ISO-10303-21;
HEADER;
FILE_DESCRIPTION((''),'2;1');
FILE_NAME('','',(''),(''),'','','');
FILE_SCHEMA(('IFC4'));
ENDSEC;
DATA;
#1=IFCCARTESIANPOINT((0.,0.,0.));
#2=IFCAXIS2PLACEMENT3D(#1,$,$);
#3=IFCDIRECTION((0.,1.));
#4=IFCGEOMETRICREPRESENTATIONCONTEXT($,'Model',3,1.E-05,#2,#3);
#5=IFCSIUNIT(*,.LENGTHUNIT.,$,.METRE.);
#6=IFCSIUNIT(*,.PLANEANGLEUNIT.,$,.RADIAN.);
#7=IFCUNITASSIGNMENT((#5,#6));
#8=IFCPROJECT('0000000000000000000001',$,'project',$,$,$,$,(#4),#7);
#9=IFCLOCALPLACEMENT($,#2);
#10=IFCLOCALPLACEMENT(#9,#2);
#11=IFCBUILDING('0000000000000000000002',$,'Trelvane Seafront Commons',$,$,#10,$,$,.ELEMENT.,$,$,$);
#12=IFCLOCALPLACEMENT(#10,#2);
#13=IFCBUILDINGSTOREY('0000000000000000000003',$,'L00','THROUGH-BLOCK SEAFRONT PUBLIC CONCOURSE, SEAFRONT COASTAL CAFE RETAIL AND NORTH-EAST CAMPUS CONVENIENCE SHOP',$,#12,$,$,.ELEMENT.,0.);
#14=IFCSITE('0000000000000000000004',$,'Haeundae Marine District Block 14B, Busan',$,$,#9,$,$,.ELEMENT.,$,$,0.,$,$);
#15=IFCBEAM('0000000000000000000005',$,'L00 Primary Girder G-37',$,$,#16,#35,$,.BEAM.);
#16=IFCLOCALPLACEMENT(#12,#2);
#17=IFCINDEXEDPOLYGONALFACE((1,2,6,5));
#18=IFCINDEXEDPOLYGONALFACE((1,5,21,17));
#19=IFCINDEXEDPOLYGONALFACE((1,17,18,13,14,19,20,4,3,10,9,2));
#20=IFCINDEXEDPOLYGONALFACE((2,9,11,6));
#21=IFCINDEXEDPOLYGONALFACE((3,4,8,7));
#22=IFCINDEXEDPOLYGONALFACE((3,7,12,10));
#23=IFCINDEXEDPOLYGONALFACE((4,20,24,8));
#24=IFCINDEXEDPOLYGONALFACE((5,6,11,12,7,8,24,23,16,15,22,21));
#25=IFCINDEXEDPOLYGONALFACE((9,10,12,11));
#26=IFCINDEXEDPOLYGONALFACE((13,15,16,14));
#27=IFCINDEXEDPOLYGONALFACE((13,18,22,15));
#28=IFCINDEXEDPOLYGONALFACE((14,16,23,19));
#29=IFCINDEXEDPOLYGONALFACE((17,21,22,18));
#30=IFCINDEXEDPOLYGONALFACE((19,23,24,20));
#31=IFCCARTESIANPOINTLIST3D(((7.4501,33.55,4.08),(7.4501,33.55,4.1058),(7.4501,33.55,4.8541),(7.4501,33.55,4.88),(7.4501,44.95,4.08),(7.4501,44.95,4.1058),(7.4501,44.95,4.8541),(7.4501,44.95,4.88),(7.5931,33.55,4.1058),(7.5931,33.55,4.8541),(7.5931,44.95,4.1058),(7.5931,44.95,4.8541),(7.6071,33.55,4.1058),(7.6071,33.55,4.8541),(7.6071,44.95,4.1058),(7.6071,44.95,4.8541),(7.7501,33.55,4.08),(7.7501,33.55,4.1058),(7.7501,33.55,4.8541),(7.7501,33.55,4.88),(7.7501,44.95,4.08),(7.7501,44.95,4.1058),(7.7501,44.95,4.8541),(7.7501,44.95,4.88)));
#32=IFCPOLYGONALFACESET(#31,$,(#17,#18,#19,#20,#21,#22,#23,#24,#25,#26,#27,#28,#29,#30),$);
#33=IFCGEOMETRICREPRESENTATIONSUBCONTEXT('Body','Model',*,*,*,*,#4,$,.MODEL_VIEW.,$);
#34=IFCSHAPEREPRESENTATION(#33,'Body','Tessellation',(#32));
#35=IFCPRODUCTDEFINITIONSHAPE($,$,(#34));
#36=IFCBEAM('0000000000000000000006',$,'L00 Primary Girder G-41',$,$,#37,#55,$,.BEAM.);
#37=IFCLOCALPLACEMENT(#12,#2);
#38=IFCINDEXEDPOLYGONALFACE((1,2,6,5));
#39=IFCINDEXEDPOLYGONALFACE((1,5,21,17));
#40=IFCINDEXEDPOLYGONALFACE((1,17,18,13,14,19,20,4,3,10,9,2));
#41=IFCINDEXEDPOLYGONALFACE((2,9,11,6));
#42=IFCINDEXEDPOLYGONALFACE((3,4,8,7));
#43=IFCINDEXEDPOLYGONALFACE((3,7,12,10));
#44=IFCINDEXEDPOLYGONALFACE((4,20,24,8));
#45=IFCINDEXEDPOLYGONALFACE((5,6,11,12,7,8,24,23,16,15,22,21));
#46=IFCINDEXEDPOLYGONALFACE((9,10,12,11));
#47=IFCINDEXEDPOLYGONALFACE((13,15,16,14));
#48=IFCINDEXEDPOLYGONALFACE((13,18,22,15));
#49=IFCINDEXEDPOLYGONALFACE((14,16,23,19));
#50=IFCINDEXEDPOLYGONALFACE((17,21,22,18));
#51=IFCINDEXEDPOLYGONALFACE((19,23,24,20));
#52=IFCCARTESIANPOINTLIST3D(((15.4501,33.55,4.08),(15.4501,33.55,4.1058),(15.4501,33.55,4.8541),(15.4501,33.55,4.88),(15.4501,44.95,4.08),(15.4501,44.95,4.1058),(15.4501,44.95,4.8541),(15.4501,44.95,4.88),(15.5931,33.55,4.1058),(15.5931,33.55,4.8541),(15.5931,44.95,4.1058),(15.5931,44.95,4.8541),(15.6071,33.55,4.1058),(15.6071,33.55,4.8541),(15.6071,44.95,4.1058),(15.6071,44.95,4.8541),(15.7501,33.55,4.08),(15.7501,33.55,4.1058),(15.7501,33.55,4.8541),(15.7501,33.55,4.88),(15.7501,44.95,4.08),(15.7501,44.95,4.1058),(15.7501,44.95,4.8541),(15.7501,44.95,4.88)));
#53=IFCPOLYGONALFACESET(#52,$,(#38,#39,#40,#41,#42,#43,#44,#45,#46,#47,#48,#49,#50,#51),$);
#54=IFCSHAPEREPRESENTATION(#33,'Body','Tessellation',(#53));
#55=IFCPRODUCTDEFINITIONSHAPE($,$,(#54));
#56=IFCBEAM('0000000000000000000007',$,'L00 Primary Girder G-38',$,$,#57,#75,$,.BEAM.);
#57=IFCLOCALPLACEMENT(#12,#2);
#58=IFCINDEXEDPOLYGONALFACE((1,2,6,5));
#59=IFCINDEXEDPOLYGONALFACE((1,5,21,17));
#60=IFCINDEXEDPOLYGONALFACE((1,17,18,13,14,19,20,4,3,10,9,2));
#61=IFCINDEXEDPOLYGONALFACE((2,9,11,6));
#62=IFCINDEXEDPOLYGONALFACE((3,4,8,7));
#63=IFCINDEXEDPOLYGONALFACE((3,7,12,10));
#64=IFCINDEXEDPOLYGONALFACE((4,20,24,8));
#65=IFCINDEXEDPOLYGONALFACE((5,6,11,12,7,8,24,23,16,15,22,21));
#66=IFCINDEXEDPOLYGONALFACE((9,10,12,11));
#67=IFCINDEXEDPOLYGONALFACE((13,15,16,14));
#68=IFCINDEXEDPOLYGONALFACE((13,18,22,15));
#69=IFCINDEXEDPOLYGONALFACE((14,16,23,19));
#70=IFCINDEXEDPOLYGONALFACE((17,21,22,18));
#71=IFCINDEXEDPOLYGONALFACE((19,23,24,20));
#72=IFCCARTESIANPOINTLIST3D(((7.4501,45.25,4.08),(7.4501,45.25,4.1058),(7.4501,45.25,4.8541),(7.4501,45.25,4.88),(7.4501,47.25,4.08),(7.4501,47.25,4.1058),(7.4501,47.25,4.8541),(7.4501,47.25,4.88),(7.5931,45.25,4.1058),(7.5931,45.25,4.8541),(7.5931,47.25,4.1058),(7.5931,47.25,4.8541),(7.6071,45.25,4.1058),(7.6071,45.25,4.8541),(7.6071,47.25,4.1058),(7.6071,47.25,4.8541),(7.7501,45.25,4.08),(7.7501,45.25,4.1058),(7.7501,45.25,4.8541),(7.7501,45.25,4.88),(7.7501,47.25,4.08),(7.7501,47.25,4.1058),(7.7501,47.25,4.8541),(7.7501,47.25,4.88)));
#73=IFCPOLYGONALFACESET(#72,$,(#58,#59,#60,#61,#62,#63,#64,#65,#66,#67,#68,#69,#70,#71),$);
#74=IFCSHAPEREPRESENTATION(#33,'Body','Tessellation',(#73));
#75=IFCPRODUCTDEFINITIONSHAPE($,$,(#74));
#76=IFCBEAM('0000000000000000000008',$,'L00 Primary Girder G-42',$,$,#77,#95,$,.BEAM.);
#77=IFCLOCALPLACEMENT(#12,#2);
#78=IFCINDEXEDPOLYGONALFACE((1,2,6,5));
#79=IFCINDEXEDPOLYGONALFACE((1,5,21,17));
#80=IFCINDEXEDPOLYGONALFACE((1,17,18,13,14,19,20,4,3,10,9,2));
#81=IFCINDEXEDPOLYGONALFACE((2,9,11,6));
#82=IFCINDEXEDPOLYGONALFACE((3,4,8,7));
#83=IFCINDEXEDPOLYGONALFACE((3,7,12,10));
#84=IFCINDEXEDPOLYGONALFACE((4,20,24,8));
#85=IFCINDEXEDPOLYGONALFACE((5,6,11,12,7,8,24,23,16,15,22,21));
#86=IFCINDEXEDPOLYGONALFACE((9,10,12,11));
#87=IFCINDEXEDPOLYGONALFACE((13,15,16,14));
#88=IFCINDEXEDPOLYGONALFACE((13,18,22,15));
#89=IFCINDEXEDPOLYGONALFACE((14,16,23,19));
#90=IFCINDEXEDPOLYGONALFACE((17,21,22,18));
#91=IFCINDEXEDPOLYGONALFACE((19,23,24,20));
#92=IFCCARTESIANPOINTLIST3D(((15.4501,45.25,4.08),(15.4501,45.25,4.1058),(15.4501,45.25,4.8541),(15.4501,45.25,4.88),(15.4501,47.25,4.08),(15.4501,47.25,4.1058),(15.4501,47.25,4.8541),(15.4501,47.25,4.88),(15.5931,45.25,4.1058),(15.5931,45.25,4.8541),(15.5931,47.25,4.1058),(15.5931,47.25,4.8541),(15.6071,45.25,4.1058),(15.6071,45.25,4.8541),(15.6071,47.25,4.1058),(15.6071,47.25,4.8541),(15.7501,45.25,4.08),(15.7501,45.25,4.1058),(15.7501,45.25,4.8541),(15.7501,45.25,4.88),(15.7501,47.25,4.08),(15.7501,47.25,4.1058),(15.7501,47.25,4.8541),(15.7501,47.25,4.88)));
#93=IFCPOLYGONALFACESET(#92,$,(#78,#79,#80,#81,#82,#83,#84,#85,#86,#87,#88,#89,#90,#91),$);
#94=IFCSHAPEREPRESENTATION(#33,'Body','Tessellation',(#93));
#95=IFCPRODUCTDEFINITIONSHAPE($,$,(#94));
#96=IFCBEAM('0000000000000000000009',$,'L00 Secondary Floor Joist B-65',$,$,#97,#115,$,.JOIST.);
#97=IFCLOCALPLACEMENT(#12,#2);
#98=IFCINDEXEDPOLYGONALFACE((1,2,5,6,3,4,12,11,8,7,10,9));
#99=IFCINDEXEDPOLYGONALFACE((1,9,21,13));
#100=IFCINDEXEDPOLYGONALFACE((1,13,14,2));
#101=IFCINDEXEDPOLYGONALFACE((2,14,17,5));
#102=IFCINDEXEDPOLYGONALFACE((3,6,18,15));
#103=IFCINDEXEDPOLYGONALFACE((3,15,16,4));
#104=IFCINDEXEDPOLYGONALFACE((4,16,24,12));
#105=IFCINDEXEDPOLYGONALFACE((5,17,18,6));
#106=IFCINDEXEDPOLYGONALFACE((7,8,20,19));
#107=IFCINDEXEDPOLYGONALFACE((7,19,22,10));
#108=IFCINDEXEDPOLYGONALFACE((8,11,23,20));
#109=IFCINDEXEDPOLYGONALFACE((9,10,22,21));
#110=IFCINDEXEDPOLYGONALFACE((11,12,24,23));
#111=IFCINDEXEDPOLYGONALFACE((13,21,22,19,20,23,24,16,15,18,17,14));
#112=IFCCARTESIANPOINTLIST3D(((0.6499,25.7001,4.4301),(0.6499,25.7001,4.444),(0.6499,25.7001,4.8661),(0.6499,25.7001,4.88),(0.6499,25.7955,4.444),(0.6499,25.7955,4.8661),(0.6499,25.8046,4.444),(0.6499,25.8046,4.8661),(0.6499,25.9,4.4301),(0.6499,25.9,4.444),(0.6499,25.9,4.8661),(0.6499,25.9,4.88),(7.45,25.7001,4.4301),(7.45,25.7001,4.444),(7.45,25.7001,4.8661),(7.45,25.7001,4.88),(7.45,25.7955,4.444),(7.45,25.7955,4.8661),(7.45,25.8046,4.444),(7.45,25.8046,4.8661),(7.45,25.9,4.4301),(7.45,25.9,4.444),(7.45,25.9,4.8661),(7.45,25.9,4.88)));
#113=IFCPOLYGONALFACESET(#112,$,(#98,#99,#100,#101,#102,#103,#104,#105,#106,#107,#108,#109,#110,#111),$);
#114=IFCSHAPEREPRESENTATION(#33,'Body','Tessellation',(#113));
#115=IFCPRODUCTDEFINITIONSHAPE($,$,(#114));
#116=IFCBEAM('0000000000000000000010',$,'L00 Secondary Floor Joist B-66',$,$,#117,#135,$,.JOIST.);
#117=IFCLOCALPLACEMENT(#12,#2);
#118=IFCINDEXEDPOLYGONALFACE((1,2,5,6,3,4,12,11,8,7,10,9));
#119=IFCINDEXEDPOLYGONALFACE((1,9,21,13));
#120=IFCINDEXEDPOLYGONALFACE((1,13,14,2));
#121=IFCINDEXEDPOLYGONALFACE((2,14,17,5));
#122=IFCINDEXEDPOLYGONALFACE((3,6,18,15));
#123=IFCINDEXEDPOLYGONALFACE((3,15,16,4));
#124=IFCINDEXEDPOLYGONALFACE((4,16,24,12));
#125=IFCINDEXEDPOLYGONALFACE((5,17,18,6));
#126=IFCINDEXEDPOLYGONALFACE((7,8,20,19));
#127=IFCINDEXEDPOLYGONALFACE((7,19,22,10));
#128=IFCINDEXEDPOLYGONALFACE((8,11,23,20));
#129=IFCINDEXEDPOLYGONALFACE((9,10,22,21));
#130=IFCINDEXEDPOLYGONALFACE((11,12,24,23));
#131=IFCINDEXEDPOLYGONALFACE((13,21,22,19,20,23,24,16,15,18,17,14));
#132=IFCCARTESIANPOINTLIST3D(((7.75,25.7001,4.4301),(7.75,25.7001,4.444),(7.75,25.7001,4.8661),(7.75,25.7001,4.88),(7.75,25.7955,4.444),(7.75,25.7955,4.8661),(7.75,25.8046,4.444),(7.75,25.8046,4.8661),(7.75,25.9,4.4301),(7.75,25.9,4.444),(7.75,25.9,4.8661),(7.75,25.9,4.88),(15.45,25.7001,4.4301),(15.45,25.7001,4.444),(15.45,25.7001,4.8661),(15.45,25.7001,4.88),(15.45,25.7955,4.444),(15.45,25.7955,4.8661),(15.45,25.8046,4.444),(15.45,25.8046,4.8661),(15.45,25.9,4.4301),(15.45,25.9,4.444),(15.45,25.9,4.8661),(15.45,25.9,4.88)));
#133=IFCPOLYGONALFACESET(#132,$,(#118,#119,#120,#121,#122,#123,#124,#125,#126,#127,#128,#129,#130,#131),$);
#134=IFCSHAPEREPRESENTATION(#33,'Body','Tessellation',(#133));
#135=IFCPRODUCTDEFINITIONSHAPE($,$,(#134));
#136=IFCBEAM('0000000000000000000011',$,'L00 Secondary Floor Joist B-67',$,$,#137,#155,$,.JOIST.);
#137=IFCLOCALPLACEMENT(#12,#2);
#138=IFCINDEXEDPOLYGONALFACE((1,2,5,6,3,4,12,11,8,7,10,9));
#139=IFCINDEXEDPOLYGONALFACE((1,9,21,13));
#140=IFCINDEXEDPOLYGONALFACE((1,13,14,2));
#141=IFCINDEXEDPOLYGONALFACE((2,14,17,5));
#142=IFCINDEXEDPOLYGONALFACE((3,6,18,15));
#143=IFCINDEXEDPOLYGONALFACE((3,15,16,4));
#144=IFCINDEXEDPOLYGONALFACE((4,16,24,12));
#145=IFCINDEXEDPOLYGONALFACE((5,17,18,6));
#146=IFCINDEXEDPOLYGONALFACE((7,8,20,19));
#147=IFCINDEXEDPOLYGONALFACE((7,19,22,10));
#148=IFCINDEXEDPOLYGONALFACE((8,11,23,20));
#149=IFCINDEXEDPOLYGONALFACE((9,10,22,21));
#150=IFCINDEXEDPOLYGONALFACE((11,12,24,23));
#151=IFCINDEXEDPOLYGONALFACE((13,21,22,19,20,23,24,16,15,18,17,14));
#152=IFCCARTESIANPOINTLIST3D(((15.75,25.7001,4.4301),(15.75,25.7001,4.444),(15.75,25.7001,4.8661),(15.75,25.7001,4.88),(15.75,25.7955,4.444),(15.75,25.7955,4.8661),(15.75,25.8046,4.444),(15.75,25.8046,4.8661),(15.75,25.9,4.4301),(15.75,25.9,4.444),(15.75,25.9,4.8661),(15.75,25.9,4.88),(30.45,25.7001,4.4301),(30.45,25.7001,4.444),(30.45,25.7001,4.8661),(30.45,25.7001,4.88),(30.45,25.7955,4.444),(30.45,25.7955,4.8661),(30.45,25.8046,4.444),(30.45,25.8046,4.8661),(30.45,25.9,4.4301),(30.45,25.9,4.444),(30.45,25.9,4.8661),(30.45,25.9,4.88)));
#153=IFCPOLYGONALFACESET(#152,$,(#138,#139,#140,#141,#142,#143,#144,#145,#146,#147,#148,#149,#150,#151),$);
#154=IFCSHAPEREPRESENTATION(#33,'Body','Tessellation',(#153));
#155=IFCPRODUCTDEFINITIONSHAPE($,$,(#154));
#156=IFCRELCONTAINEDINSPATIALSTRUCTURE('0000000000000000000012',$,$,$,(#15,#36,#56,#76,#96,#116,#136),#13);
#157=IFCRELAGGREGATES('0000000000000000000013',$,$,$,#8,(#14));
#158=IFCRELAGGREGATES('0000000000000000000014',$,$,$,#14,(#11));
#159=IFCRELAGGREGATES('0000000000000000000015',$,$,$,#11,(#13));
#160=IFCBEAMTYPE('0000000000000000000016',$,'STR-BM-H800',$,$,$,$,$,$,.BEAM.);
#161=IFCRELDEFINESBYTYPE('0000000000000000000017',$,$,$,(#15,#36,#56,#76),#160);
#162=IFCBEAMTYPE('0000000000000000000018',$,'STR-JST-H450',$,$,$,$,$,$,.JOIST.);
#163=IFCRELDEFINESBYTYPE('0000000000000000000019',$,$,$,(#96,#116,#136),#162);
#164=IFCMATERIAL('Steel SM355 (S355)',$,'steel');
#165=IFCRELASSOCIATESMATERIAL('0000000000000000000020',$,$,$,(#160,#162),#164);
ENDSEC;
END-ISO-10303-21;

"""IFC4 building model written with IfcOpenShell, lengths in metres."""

from ifc_helpers import new_model, si_unit, direction, frame, origin, origin_2d, place, context, subcontext, project, spatial, i_section, extrude, source, transform, mapped, material, material_profile, profile_set, type_object, element, save


model = new_model("IFC4")

# Units and contexts
model_context = context("Model", 3, precision=1e-05, world=origin(), true_north=direction((0.0, 1.0)))
body_context = subcontext(model_context, "Body", "Model", "MODEL_VIEW")
ifc_project = project(units=[si_unit("LENGTHUNIT", "METRE"), si_unit("PLANEANGLEUNIT", "RADIAN")], contexts=[model_context])

# Site, building, storey
site_placement = place(None, origin())
site = spatial("IfcSite", under=ifc_project, at=site_placement, Name="Haeundae Marine District Block 14B, Busan", CompositionType="ELEMENT", RefElevation=0.0)
building_placement = place(site_placement, origin())
building = spatial("IfcBuilding", under=site, at=building_placement, Name="Trelvane Seafront Commons", CompositionType="ELEMENT")
storey_placement = place(building_placement, origin())
storey = spatial("IfcBuildingStorey", under=building, at=storey_placement, Name="L00", Description="THROUGH-BLOCK SEAFRONT PUBLIC CONCOURSE, SEAFRONT COASTAL CAFE RETAIL AND NORTH-EAST CAMPUS CONVENIENCE SHOP", CompositionType="ELEMENT", Elevation=0.0)

# Beams
ifc_material_1 = material(Name="Steel SM355 (S355)", Category="steel")
ifc_material_profile_1 = material_profile(ifc_material_1, i_section(OverallWidth=0.3, OverallDepth=0.8, WebThickness=0.0139, FlangeThickness=0.0259, at=origin_2d()), Name="H-800x300x14x26")
ifc_profile_set_1 = profile_set([ifc_material_profile_1], Name="Steel SM355 (S355)")
beam_type_1 = type_object("IfcBeamType", Name="STR-BM-H800", PredefinedType="BEAM", material=ifc_profile_set_1)
shared_shape_1 = source(origin(), body_context, "Body", "SweptSolid", [
    extrude(i_section(OverallWidth=0.3, OverallDepth=0.8, WebThickness=0.0139, FlangeThickness=0.0259, at=origin_2d()), origin(), (0.0, 0.0, 1.0), 11.3999),
])
for number, where, z_axis, x_axis, name in (
    (1, (7.6001, 33.55, 4.48), (0.0, 1.0, 0.0), (-1.0, 0.0, 0.0), "L00 Primary Girder G-37"),
    (2, (15.6001, 33.55, 4.48), (0.0, 1.0, 0.0), (-1.0, 0.0, 0.0), "L00 Primary Girder G-41"),
):
    element("IfcBeam", number, at=place(storey_placement, frame(where, z_axis=z_axis, x_axis=x_axis)), inside=storey, type_object=beam_type_1, Name=name, PredefinedType="BEAM", context=body_context, shape_type="MappedRepresentation", body=[
        mapped(shared_shape_1, transform((0.0, 0.0, 0.0), x_axis=(1.0, 0.0, 0.0), y_axis=(0.0, 1.0, 0.0), z_axis=(0.0, 0.0, 1.0), scale=1.0)),
    ])
shared_shape_2 = source(origin(), body_context, "Body", "SweptSolid", [
    extrude(i_section(OverallWidth=0.3, OverallDepth=0.8, WebThickness=0.0139, FlangeThickness=0.0259, at=origin_2d()), origin(), (0.0, 0.0, 1.0), 2.0),
])
for number, where, z_axis, x_axis, name in (
    (3, (7.6001, 45.25, 4.48), (0.0, 1.0, 0.0), (-1.0, 0.0, 0.0), "L00 Primary Girder G-38"),
    (4, (15.6001, 45.25, 4.48), (0.0, 1.0, 0.0), (-1.0, 0.0, 0.0), "L00 Primary Girder G-42"),
):
    element("IfcBeam", number, at=place(storey_placement, frame(where, z_axis=z_axis, x_axis=x_axis)), inside=storey, type_object=beam_type_1, Name=name, PredefinedType="BEAM", context=body_context, shape_type="MappedRepresentation", body=[
        mapped(shared_shape_2, transform((0.0, 0.0, 0.0), x_axis=(1.0, 0.0, 0.0), y_axis=(0.0, 1.0, 0.0), z_axis=(0.0, 0.0, 1.0), scale=1.0)),
    ])
ifc_material_profile_2 = material_profile(ifc_material_1, i_section(OverallWidth=0.2, OverallDepth=0.45, WebThickness=0.009, FlangeThickness=0.0139, at=origin_2d()), Name="H-450x200x9x14")
ifc_profile_set_2 = profile_set([ifc_material_profile_2], Name="Steel SM355 (S355)")
beam_type_2 = type_object("IfcBeamType", Name="STR-JST-H450", PredefinedType="JOIST", material=ifc_profile_set_2)
shared_shape_3 = source(origin(), body_context, "Body", "SweptSolid", [
    extrude(i_section(OverallWidth=0.2, OverallDepth=0.45, WebThickness=0.009, FlangeThickness=0.0139, at=origin_2d()), origin(), (0.0, 0.0, 1.0), 6.8),
])
beam_1_placement = place(storey_placement, frame((0.6499, 25.8, 4.655), z_axis=(1.0, 0.0, 0.0), x_axis=(0.0, 1.0, 0.0)))
element("IfcBeam", 5, at=beam_1_placement, inside=storey, type_object=beam_type_2, Name="L00 Secondary Floor Joist B-65", PredefinedType="JOIST", context=body_context, shape_type="MappedRepresentation", body=[
    mapped(shared_shape_3, transform((0.0, 0.0, 0.0), x_axis=(1.0, 0.0, 0.0), y_axis=(0.0, 1.0, 0.0), z_axis=(0.0, 0.0, 1.0), scale=1.0)),
])
shared_shape_4 = source(origin(), body_context, "Body", "SweptSolid", [
    extrude(i_section(OverallWidth=0.2, OverallDepth=0.45, WebThickness=0.009, FlangeThickness=0.0139, at=origin_2d()), origin(), (0.0, 0.0, 1.0), 7.7),
])
beam_2_placement = place(storey_placement, frame((7.75, 25.8, 4.655), z_axis=(1.0, 0.0, 0.0), x_axis=(0.0, 1.0, 0.0)))
element("IfcBeam", 6, at=beam_2_placement, inside=storey, type_object=beam_type_2, Name="L00 Secondary Floor Joist B-66", PredefinedType="JOIST", context=body_context, shape_type="MappedRepresentation", body=[
    mapped(shared_shape_4, transform((0.0, 0.0, 0.0), x_axis=(1.0, 0.0, 0.0), y_axis=(0.0, 1.0, 0.0), z_axis=(0.0, 0.0, 1.0), scale=1.0)),
])
shared_shape_5 = source(origin(), body_context, "Body", "SweptSolid", [
    extrude(i_section(OverallWidth=0.2, OverallDepth=0.45, WebThickness=0.009, FlangeThickness=0.0139, at=origin_2d()), origin(), (0.0, 0.0, 1.0), 14.7),
])
beam_3_placement = place(storey_placement, frame((15.75, 25.8, 4.655), z_axis=(1.0, 0.0, 0.0), x_axis=(0.0, 1.0, 0.0)))
element("IfcBeam", 7, at=beam_3_placement, inside=storey, type_object=beam_type_2, Name="L00 Secondary Floor Joist B-67", PredefinedType="JOIST", context=body_context, shape_type="MappedRepresentation", body=[
    mapped(shared_shape_5, transform((0.0, 0.0, 0.0), x_axis=(1.0, 0.0, 0.0), y_axis=(0.0, 1.0, 0.0), z_axis=(0.0, 0.0, 1.0), scale=1.0)),
])

save(model, "model.ifc")
